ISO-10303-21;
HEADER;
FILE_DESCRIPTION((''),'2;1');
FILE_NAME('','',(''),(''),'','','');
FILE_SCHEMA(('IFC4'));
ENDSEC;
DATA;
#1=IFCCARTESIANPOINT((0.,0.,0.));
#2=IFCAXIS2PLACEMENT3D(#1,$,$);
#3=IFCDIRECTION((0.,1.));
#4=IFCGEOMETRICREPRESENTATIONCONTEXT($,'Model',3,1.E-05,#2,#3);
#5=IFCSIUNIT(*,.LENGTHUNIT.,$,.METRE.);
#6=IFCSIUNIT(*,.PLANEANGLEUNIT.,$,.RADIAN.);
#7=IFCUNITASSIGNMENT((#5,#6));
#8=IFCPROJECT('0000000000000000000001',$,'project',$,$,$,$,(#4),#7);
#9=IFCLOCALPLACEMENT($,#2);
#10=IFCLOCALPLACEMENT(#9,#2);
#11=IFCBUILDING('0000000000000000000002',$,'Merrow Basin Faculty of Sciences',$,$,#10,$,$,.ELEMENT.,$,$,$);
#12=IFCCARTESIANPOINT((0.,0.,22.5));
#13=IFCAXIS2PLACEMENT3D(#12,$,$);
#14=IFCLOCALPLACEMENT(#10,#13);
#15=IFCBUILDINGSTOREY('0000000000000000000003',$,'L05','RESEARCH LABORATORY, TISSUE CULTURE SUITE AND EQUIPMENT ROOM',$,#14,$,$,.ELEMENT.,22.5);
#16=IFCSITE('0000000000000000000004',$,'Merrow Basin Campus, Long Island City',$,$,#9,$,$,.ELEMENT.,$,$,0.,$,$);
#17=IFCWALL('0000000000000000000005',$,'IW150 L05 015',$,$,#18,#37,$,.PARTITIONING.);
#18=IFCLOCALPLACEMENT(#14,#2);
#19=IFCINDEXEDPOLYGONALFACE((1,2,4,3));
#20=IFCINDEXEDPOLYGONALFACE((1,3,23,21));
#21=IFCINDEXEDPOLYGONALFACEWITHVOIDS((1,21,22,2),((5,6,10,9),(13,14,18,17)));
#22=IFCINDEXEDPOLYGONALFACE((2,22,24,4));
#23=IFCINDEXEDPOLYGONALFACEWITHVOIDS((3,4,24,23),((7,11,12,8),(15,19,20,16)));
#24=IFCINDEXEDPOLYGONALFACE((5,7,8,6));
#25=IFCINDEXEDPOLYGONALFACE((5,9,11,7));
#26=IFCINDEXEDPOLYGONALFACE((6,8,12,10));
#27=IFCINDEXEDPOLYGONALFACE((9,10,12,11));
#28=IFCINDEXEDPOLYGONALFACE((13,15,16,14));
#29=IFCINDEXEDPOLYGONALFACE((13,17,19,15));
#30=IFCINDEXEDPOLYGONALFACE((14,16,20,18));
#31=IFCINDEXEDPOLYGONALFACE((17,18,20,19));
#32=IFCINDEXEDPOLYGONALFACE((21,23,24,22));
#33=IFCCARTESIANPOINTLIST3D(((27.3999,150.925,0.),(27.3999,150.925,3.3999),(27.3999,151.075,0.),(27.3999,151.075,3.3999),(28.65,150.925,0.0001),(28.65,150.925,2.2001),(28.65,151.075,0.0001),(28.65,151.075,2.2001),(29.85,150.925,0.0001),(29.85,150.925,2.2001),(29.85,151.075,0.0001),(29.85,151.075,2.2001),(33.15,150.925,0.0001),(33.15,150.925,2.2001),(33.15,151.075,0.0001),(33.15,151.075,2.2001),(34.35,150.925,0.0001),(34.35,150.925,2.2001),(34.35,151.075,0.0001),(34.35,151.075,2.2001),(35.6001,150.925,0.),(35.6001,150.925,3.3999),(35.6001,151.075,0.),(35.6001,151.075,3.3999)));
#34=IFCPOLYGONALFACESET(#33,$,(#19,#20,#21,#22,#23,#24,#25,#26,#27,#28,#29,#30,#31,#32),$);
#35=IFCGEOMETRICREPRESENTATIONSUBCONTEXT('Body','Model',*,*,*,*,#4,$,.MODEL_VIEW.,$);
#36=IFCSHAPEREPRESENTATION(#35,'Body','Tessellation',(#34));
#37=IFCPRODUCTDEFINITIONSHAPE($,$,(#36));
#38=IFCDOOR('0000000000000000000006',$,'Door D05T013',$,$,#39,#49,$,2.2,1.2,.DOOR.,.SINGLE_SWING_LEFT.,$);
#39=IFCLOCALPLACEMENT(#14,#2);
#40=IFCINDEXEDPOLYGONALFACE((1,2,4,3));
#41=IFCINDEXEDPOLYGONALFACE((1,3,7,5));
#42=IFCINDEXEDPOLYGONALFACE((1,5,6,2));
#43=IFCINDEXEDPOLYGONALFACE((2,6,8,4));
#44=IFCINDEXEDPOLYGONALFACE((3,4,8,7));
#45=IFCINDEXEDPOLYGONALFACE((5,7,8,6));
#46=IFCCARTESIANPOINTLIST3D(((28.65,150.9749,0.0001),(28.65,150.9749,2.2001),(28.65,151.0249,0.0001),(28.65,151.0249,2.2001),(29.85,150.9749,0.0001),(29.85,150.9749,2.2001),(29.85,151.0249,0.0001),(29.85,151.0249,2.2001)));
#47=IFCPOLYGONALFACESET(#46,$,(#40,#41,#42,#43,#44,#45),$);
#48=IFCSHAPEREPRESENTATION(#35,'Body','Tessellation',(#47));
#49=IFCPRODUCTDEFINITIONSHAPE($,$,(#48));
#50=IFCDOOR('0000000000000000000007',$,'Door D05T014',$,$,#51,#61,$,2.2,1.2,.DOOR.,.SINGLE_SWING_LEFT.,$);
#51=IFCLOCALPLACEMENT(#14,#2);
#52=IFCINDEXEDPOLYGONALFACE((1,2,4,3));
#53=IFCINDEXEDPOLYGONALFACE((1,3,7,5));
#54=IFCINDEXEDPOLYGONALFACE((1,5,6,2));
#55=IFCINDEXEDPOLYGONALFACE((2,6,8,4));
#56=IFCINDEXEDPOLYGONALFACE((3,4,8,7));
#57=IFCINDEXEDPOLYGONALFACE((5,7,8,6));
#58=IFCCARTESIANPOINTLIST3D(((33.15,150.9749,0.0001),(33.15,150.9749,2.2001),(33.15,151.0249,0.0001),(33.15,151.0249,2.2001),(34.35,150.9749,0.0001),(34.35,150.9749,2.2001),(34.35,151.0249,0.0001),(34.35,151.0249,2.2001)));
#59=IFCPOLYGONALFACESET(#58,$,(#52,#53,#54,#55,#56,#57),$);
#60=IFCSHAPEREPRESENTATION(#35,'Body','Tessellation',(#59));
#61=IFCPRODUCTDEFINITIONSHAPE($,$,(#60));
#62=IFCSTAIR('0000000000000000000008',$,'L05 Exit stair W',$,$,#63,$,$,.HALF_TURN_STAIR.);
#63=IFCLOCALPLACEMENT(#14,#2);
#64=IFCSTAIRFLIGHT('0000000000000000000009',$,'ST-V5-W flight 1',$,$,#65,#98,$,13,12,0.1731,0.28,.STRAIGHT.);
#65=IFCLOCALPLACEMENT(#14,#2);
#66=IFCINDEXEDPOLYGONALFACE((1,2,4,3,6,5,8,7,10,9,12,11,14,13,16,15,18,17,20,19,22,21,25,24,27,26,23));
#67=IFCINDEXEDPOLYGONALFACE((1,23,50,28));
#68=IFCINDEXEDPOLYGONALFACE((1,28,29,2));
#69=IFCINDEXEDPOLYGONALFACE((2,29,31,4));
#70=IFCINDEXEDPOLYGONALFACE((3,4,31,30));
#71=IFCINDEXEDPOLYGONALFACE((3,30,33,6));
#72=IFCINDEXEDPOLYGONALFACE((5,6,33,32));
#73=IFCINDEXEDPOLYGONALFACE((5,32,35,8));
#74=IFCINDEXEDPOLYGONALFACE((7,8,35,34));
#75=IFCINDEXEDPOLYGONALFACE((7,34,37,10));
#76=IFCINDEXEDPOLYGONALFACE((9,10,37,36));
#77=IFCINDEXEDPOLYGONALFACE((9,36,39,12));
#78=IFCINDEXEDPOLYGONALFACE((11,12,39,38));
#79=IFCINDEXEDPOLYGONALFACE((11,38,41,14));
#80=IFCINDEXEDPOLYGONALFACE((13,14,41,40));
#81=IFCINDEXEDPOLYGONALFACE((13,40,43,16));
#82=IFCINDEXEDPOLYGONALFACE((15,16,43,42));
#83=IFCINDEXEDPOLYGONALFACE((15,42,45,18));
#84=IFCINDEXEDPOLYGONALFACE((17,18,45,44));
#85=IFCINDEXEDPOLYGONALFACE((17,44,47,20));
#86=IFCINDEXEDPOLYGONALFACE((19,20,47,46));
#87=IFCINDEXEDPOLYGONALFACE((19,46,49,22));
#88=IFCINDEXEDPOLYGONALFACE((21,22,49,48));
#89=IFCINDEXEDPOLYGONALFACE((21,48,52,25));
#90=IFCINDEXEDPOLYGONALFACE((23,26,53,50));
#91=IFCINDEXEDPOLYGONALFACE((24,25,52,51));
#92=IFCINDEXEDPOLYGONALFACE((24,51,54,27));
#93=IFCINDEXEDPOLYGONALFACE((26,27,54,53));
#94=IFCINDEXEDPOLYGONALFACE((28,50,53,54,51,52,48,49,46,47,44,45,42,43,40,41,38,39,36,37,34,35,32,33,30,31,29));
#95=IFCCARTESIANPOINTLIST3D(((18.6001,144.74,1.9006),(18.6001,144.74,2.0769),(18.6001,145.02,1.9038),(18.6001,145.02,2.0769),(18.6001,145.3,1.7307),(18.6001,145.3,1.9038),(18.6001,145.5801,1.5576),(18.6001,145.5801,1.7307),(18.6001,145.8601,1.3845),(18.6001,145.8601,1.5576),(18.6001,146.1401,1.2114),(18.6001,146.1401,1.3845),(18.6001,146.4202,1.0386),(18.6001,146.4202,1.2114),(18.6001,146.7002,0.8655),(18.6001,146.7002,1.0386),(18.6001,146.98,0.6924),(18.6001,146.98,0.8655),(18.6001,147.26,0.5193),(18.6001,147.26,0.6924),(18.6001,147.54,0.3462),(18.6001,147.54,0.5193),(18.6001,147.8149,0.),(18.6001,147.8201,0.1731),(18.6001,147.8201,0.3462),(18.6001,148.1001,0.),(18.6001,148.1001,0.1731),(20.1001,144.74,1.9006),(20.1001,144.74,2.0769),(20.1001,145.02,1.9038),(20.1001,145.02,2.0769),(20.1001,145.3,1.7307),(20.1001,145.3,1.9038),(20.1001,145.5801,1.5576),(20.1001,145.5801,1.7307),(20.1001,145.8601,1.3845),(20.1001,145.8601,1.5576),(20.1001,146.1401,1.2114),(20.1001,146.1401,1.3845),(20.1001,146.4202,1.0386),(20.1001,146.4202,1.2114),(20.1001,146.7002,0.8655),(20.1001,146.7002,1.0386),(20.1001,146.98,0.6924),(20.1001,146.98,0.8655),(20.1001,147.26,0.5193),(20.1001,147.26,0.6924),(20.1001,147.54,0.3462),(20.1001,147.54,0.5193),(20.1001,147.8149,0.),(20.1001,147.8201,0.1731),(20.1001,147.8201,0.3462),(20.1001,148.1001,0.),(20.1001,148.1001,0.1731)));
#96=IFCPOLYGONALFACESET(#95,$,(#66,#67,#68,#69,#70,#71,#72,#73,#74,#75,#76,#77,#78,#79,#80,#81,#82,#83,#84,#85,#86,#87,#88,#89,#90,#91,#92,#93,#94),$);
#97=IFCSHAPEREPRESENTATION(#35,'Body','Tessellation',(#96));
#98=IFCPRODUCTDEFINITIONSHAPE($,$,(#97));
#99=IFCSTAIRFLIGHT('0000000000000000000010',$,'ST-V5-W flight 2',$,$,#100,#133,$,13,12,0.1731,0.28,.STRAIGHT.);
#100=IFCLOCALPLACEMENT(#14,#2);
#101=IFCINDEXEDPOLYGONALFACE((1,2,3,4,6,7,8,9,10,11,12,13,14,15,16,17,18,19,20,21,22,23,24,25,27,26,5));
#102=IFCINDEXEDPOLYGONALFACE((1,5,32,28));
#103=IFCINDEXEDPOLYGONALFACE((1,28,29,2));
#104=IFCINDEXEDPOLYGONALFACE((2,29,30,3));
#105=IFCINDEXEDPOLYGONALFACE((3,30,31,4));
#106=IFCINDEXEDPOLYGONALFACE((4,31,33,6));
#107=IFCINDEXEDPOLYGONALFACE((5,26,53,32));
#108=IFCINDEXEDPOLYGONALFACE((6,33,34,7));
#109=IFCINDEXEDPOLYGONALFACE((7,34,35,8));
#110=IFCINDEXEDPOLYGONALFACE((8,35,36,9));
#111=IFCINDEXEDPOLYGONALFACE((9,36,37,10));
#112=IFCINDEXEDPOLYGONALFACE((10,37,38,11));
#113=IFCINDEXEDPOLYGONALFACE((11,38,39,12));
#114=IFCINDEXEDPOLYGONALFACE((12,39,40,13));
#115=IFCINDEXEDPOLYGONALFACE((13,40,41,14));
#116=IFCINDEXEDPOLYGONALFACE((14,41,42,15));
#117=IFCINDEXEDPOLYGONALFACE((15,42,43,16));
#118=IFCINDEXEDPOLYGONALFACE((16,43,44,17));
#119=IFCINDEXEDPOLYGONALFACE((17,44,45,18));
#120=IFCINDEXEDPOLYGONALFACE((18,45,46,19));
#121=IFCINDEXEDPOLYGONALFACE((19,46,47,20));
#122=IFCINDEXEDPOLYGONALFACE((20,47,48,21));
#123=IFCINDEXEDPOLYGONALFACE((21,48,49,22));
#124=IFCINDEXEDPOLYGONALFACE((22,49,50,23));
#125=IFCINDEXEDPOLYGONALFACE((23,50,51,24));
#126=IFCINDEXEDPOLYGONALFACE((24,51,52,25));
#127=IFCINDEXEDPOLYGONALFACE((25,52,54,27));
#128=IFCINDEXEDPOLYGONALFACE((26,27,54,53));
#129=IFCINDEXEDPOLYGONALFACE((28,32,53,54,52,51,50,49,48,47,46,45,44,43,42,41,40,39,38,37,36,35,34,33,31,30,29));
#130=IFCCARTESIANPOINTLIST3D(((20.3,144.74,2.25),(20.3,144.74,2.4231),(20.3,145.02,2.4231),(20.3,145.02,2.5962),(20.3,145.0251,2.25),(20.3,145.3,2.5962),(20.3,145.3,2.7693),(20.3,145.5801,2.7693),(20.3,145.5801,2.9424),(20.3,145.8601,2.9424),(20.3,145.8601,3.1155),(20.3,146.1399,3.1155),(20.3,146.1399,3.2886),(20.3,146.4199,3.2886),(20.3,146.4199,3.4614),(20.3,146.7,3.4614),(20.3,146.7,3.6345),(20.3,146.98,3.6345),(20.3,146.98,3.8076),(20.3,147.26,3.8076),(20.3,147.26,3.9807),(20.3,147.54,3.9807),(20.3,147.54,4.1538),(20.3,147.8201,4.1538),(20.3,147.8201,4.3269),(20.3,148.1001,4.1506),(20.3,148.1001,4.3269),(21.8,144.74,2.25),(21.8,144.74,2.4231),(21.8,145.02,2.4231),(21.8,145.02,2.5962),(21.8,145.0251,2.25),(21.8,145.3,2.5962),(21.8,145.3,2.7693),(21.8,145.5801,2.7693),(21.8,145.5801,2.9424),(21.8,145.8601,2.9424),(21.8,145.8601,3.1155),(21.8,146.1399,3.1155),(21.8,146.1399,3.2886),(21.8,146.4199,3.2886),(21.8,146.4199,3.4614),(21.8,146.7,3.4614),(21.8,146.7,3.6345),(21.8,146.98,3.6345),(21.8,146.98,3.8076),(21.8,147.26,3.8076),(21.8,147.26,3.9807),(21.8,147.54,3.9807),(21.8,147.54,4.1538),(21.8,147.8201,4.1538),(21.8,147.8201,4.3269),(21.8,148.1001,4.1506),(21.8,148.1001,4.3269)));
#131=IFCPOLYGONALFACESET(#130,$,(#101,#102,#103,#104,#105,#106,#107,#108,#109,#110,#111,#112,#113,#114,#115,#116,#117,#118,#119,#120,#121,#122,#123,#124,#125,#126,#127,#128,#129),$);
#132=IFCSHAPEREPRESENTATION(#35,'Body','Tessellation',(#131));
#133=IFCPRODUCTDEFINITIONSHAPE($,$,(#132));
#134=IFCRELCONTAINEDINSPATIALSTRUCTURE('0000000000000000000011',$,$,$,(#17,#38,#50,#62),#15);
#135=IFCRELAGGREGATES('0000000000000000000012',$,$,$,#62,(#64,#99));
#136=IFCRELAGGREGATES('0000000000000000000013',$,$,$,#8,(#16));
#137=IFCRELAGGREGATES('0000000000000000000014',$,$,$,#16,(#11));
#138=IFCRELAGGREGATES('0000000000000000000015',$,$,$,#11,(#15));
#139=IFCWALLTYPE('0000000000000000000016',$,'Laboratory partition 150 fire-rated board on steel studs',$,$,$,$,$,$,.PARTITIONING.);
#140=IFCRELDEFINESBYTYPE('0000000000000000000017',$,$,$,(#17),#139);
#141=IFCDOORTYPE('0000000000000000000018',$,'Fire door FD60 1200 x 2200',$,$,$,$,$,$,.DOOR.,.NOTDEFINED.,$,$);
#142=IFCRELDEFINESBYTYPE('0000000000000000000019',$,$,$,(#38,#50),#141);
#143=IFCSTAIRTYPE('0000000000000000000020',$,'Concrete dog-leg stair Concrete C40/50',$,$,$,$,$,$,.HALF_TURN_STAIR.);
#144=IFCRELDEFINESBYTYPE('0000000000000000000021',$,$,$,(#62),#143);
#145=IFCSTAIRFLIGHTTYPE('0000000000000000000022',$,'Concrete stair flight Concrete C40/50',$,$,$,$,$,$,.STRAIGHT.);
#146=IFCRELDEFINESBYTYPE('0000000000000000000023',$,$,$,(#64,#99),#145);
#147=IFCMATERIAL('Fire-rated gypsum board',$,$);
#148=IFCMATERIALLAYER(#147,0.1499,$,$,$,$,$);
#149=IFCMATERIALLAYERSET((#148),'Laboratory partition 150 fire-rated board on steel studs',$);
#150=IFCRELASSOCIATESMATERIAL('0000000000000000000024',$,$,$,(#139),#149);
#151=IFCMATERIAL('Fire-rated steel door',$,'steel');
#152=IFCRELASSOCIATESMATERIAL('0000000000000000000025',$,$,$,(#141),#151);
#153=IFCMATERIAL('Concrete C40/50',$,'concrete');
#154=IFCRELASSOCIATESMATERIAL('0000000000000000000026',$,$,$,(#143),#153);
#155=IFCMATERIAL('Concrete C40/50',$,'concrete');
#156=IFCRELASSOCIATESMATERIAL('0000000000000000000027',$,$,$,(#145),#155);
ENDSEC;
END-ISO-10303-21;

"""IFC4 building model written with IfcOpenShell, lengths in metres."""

from ifc_helpers import new_model, si_unit, direction, frame, frame_2d, origin, place, context, subcontext, project, spatial, polyline, rectangle, outline, extrude, material, layer, layer_set, type_object, element, fill, aggregate, save


model = new_model("IFC4")

# Units and contexts
model_context = context("Model", 3, precision=1e-05, world=origin(), true_north=direction((0.0, 1.0)))
body_context = subcontext(model_context, "Body", "Model", "MODEL_VIEW")
ifc_project = project(units=[si_unit("LENGTHUNIT", "METRE"), si_unit("PLANEANGLEUNIT", "RADIAN")], contexts=[model_context])

# Site, building, storey
site_placement = place(None, origin())
site = spatial("IfcSite", under=ifc_project, at=site_placement, Name="Merrow Basin Campus, Long Island City", CompositionType="ELEMENT", RefElevation=0.0)
building_placement = place(site_placement, origin())
building = spatial("IfcBuilding", under=site, at=building_placement, Name="Merrow Basin Faculty of Sciences", CompositionType="ELEMENT")
storey_placement = place(building_placement, frame((0.0, 0.0, 22.5)))
storey = spatial("IfcBuildingStorey", under=building, at=storey_placement, Name="L05", Description="RESEARCH LABORATORY, TISSUE CULTURE SUITE AND EQUIPMENT ROOM", CompositionType="ELEMENT", Elevation=22.5)

# Shared definitions
ifc_material_1 = material(Name="Fire-rated gypsum board")
ifc_layer_1 = layer(ifc_material_1, 0.1499)
ifc_layer_set_1 = layer_set([ifc_layer_1], Name="Laboratory partition 150 fire-rated board on steel studs")
wall_type_1 = type_object("IfcWallType", Name="Laboratory partition 150 fire-rated board on steel studs", PredefinedType="PARTITIONING", material=ifc_layer_set_1)

# Wall, openings, doors
wall_1_placement = place(storey_placement, frame((27.3999, 151.0, 0.0), z_axis=(0.0, 0.0, 1.0), x_axis=(1.0, 0.0, 0.0)))
wall_1 = element("IfcWall", 1, at=wall_1_placement, inside=storey, type_object=wall_type_1, Name="IW150 L05 015", PredefinedType="PARTITIONING", context=body_context, shape_type="SweptSolid", body=[
    extrude(rectangle(XDim=8.2002, YDim=0.1499, at=frame_2d((4.1001, 0.0))), origin(), (0.0, 0.0, 1.0), 3.3999),
])
opening_1_placement = place(wall_1_placement, frame((1.25, 0.0, 0.0)))
opening_1 = element("IfcOpeningElement", 2, at=opening_1_placement, cuts=wall_1, PredefinedType="OPENING", context=body_context, shape_type="SweptSolid", body=[
    extrude(rectangle(XDim=1.2, YDim=2.2, at=frame_2d((0.6001, 1.1001))), frame((0.0, 0.085, 0.0), z_axis=(0.0, -1.0, 0.0), x_axis=(1.0, 0.0, 0.0)), (0.0, 0.0, 1.0), 0.1699),
])
opening_2_placement = place(wall_1_placement, frame((5.75, 0.0, 0.0)))
opening_2 = element("IfcOpeningElement", 3, at=opening_2_placement, cuts=wall_1, PredefinedType="OPENING", context=body_context, shape_type="SweptSolid", body=[
    extrude(rectangle(XDim=1.2, YDim=2.2, at=frame_2d((0.6001, 1.1001))), frame((0.0, 0.085, 0.0), z_axis=(0.0, -1.0, 0.0), x_axis=(1.0, 0.0, 0.0)), (0.0, 0.0, 1.0), 0.1699),
])
ifc_material_2 = material(Name="Fire-rated steel door", Category="steel")
door_type_1 = type_object("IfcDoorType", Name="Fire door FD60 1200 x 2200", OperationType="NOTDEFINED", PredefinedType="DOOR", material=ifc_material_2)
door_1_placement = place(opening_1_placement, origin())
door_1 = element("IfcDoor", 4, at=door_1_placement, inside=storey, type_object=door_type_1, Name="Door D05T013", OperationType="SINGLE_SWING_LEFT", OverallHeight=2.2, OverallWidth=1.2, PredefinedType="DOOR", context=body_context, shape_type="SweptSolid", body=[
    extrude(rectangle(XDim=1.2, YDim=2.2, at=frame_2d((0.6001, 1.1001))), frame((0.0, 0.0249, 0.0), z_axis=(0.0, -1.0, 0.0), x_axis=(1.0, 0.0, 0.0)), (0.0, 0.0, 1.0), 0.05),
])
fill(opening_1, door_1)
door_2_placement = place(opening_2_placement, origin())
door_2 = element("IfcDoor", 5, at=door_2_placement, inside=storey, type_object=door_type_1, Name="Door D05T014", OperationType="SINGLE_SWING_LEFT", OverallHeight=2.2, OverallWidth=1.2, PredefinedType="DOOR", context=body_context, shape_type="SweptSolid", body=[
    extrude(rectangle(XDim=1.2, YDim=2.2, at=frame_2d((0.6001, 1.1001))), frame((0.0, 0.0249, 0.0), z_axis=(0.0, -1.0, 0.0), x_axis=(1.0, 0.0, 0.0)), (0.0, 0.0, 1.0), 0.05),
])
fill(opening_2, door_2)

# Stair, stair flights
ifc_material_3 = material(Name="Concrete C40/50", Category="concrete")
stair_type = type_object("IfcStairType", Name="Concrete dog-leg stair Concrete C40/50", PredefinedType="HALF_TURN_STAIR", material=ifc_material_3)
stair_placement = place(storey_placement, origin())
stair = element("IfcStair", 6, at=stair_placement, inside=storey, type_object=stair_type, Name="L05 Exit stair W", PredefinedType="HALF_TURN_STAIR")
ifc_material_4 = material(Name="Concrete C40/50", Category="concrete")
stair_flight_type = type_object("IfcStairFlightType", Name="Concrete stair flight Concrete C40/50", PredefinedType="STRAIGHT", material=ifc_material_4)
stair_flight_1_placement = place(storey_placement, frame((19.3501, 148.1001, 0.0), z_axis=(0.0, 0.0, 1.0), x_axis=(0.0, -1.0, 0.0)))
stair_flight_1 = element("IfcStairFlight", 7, at=stair_flight_1_placement, type_object=stair_flight_type, Name="ST-V5-W flight 1", NumberOfRisers=13, NumberOfTreads=12, PredefinedType="STRAIGHT", RiserHeight=0.1731, TreadLength=0.28, context=body_context, shape_type="SweptSolid", body=[
    extrude(outline(polyline([(0.0, 0.0), (0.0, 0.1731), (0.28, 0.1731), (0.28, 0.3462), (0.5601, 0.3462), (0.5601, 0.5193), (0.8401, 0.5193), (0.8401, 0.6924), (1.1201, 0.6924), (1.1201, 0.8655), (1.3999, 0.8655), (1.3999, 1.0386), (1.6799, 1.0386), (1.6799, 1.2114), (1.96, 1.2114), (1.96, 1.3845), (2.24, 1.3845), (2.24, 1.5576), (2.52, 1.5576), (2.52, 1.7307), (2.8, 1.7307), (2.8, 1.9038), (3.0801, 1.9038), (3.0801, 2.0769), (3.3601, 2.0769), (3.3601, 2.25), (3.3601, 1.9006), (0.2852, 0.0), (0.0, 0.0)])), frame((0.0, 0.75, 0.0), z_axis=(0.0, -1.0, 0.0), x_axis=(1.0, 0.0, 0.0)), (0.0, 0.0, 1.0), 1.5),
])
stair_flight_2_placement = place(storey_placement, frame((21.05, 144.74, 2.25), z_axis=(0.0, 0.0, 1.0), x_axis=(0.0, 1.0, 0.0)))
stair_flight_2 = element("IfcStairFlight", 8, at=stair_flight_2_placement, type_object=stair_flight_type, Name="ST-V5-W flight 2", NumberOfRisers=13, NumberOfTreads=12, PredefinedType="STRAIGHT", RiserHeight=0.1731, TreadLength=0.28, context=body_context, shape_type="SweptSolid", body=[
    extrude(outline(polyline([(0.0, 0.0), (0.0, 0.1731), (0.28, 0.1731), (0.28, 0.3462), (0.5601, 0.3462), (0.5601, 0.5193), (0.8401, 0.5193), (0.8401, 0.6924), (1.1201, 0.6924), (1.1201, 0.8655), (1.3999, 0.8655), (1.3999, 1.0386), (1.6799, 1.0386), (1.6799, 1.2114), (1.96, 1.2114), (1.96, 1.3845), (2.24, 1.3845), (2.24, 1.5576), (2.52, 1.5576), (2.52, 1.7307), (2.8, 1.7307), (2.8, 1.9038), (3.0801, 1.9038), (3.0801, 2.0769), (3.3601, 2.0769), (3.3601, 2.25), (3.3601, 1.9006), (0.2852, 0.0), (0.0, 0.0)])), frame((0.0, 0.75, 0.0), z_axis=(0.0, -1.0, 0.0), x_axis=(1.0, 0.0, 0.0)), (0.0, 0.0, 1.0), 1.5),
])
aggregate(stair, [stair_flight_1, stair_flight_2])

save(model, "model.ifc")
